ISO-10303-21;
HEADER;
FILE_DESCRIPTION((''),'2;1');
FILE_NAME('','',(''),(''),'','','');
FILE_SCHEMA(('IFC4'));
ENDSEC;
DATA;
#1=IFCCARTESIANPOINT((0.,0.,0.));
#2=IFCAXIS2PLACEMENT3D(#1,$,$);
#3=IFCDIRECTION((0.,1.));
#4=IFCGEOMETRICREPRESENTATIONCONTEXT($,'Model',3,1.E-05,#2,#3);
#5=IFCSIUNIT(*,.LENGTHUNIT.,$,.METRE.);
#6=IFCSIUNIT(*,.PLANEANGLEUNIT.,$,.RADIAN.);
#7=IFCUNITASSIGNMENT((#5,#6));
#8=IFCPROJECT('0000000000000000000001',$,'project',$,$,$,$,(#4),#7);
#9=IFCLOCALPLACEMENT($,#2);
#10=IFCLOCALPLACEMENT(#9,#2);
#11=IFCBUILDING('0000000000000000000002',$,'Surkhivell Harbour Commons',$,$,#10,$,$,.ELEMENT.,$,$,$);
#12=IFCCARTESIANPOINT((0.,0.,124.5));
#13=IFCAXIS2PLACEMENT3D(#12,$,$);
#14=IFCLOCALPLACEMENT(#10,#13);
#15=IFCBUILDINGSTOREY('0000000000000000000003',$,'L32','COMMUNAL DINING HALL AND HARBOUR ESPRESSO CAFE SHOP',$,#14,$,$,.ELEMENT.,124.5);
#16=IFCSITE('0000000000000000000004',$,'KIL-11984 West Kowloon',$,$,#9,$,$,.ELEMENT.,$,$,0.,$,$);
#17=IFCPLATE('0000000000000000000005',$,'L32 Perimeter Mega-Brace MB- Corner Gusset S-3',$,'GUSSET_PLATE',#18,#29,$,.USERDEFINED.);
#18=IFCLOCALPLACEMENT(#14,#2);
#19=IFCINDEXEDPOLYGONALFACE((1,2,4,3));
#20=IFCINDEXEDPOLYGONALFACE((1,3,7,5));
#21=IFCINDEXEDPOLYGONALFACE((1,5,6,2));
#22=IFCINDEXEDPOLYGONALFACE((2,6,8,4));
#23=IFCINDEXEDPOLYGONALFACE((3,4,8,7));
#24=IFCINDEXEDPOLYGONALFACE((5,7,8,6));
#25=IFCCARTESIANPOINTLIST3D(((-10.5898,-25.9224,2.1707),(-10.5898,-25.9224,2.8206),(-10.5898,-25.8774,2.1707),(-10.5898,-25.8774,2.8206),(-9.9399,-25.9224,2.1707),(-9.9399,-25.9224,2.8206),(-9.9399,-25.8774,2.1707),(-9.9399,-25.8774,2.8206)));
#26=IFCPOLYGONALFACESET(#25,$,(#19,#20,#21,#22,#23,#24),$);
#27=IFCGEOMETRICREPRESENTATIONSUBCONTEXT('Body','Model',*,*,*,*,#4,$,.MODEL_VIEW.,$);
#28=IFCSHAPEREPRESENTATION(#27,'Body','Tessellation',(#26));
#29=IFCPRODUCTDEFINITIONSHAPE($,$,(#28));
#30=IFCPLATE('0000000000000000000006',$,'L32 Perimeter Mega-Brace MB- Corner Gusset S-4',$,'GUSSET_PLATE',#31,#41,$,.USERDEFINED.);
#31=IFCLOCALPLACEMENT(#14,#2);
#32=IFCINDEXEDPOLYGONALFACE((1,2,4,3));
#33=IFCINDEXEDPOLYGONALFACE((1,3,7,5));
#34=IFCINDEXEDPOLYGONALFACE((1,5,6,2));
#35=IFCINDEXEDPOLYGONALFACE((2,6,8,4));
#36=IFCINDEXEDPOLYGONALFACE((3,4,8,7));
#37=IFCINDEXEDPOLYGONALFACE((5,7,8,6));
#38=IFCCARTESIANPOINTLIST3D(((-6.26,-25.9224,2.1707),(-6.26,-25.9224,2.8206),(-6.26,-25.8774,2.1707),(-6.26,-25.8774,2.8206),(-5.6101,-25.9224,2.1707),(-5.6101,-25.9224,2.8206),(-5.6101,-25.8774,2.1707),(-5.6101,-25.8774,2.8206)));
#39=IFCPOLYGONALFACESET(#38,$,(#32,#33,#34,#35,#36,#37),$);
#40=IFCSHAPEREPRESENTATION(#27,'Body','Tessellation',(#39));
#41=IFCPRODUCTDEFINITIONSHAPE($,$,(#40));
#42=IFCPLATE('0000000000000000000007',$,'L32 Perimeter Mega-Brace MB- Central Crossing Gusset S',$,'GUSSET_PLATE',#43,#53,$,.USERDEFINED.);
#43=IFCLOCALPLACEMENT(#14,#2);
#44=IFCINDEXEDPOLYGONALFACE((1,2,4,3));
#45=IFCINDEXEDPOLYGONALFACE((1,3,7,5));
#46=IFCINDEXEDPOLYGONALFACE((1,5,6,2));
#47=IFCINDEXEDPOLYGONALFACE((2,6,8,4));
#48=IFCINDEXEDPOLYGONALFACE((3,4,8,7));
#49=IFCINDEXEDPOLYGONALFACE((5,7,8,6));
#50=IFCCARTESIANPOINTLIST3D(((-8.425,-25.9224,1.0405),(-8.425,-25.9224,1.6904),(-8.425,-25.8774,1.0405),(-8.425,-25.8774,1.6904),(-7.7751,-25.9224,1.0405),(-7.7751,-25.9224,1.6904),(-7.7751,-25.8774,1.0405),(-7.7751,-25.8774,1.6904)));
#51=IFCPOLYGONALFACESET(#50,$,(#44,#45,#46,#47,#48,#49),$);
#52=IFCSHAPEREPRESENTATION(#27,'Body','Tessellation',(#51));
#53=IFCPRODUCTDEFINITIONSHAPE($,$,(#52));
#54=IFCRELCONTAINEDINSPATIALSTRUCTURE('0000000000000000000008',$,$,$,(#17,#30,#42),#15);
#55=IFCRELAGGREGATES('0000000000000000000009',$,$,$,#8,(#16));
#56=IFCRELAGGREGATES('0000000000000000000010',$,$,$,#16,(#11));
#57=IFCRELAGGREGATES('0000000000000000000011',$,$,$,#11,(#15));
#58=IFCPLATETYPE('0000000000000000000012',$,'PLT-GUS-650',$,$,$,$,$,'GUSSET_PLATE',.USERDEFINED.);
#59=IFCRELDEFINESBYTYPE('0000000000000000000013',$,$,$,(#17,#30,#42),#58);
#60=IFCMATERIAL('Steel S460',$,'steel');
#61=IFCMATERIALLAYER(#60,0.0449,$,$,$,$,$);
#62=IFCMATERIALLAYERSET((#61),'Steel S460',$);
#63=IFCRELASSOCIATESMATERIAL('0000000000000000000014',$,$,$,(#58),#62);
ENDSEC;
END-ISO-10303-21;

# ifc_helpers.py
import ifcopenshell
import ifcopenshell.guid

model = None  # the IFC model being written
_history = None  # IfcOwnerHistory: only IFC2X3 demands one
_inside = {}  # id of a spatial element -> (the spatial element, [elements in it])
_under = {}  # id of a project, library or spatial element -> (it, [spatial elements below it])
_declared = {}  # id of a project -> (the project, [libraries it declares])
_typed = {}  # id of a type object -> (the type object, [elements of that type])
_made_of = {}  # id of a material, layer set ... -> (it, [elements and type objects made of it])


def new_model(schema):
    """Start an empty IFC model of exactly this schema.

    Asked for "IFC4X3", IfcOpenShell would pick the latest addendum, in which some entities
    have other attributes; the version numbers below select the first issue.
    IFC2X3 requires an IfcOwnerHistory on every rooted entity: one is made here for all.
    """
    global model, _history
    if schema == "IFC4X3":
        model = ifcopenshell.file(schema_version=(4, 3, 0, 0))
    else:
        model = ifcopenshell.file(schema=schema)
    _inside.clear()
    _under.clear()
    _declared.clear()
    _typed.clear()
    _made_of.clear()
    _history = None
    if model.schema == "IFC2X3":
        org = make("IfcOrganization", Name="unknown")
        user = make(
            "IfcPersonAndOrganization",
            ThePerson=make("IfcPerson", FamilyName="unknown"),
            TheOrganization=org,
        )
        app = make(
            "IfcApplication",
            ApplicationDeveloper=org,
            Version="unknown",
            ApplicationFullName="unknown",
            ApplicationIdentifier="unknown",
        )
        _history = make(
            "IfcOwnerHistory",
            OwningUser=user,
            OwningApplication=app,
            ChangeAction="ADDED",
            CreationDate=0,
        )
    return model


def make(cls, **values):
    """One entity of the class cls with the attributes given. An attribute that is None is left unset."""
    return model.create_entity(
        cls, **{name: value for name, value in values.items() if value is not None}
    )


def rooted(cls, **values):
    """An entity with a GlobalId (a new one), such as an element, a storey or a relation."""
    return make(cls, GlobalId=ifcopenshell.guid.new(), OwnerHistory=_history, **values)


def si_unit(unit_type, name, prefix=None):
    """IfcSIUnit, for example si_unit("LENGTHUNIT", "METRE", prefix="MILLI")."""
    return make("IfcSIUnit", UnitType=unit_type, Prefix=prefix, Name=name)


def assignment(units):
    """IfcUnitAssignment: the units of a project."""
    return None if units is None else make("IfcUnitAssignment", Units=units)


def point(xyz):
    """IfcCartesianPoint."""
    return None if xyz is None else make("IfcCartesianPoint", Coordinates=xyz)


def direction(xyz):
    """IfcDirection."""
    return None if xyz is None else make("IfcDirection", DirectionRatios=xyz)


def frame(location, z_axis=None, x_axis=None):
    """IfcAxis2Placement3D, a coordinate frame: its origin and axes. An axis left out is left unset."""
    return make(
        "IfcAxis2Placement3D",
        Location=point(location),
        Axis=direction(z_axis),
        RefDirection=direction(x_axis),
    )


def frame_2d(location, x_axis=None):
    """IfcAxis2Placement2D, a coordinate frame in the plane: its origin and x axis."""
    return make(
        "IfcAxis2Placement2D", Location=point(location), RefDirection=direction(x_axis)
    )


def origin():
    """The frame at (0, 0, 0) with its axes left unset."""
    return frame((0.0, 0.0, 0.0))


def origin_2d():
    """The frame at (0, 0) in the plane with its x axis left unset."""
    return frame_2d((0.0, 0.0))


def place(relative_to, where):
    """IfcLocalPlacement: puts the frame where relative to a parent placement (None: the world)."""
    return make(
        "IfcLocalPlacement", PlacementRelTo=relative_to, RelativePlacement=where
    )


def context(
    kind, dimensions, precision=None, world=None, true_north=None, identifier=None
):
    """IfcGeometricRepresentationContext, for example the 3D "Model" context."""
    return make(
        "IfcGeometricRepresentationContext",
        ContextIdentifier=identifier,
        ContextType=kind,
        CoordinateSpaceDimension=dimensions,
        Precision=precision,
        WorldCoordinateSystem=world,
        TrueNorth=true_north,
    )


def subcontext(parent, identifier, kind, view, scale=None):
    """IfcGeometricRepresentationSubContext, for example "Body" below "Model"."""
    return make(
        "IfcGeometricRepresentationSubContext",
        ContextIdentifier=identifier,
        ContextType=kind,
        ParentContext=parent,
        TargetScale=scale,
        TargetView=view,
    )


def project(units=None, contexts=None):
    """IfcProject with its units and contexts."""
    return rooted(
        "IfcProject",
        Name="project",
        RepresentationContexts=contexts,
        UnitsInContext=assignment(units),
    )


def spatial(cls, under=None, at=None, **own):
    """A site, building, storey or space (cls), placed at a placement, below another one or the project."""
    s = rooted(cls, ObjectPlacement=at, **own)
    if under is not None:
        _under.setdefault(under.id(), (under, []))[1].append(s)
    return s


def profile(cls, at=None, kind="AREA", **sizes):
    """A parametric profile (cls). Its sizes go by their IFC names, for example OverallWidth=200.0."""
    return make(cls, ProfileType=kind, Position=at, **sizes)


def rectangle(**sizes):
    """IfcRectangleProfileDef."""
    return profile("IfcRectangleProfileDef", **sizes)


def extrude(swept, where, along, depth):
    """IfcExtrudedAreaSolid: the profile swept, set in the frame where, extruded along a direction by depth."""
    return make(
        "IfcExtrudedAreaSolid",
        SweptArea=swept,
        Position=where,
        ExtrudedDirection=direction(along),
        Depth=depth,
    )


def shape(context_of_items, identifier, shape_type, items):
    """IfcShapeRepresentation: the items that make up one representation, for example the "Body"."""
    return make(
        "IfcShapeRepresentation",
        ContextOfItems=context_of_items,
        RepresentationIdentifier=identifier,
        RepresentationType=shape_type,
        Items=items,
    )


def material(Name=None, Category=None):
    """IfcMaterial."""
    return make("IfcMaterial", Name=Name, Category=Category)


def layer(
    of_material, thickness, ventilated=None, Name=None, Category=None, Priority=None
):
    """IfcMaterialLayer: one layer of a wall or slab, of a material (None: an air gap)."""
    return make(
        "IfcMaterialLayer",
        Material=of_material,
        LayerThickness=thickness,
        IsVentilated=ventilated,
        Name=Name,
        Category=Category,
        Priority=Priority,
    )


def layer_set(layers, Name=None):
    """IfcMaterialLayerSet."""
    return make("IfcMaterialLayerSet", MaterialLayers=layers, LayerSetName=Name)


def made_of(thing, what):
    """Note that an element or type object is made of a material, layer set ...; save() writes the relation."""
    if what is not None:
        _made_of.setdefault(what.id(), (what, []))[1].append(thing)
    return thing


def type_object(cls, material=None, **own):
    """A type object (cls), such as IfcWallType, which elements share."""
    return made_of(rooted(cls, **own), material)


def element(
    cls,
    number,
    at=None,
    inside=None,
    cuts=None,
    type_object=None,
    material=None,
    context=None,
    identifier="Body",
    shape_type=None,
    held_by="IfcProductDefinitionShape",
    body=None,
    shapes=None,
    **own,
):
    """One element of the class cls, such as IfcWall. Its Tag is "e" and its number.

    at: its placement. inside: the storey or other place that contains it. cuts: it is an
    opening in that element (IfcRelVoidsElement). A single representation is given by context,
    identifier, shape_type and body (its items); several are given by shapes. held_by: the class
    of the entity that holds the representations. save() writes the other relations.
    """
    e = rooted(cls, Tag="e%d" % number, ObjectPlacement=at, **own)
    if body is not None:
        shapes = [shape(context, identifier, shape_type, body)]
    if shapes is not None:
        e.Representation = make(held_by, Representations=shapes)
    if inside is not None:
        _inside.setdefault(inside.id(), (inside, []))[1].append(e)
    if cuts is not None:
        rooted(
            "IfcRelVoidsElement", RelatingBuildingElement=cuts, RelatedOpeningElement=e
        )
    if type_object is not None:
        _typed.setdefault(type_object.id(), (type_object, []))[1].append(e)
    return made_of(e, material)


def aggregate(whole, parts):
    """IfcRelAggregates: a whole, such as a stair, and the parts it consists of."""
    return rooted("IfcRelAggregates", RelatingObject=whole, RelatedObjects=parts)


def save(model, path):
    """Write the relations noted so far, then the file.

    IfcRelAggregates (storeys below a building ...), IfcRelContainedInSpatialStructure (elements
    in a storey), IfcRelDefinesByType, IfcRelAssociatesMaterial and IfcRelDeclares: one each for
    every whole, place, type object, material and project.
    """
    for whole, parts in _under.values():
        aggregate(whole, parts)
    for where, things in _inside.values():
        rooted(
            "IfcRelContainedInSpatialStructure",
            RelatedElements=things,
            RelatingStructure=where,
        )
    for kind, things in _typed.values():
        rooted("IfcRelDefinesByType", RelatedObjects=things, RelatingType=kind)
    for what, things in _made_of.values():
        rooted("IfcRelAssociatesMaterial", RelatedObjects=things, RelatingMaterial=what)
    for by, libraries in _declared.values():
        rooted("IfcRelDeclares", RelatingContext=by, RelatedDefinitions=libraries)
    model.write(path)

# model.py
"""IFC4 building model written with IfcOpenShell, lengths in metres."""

from ifc_helpers import new_model, si_unit, direction, frame, origin, origin_2d, place, context, subcontext, project, spatial, rectangle, extrude, material, layer, layer_set, type_object, element, save


model = new_model("IFC4")

# Units and contexts
model_context = context("Model", 3, precision=1e-05, world=origin(), true_north=direction((0.0, 1.0)))
body_context = subcontext(model_context, "Body", "Model", "MODEL_VIEW")
ifc_project = project(units=[si_unit("LENGTHUNIT", "METRE"), si_unit("PLANEANGLEUNIT", "RADIAN")], contexts=[model_context])

# Site, building, storey
site_placement = place(None, origin())
site = spatial("IfcSite", under=ifc_project, at=site_placement, Name="KIL-11984 West Kowloon", CompositionType="ELEMENT", RefElevation=0.0)
building_placement = place(site_placement, origin())
building = spatial("IfcBuilding", under=site, at=building_placement, Name="Surkhivell Harbour Commons", CompositionType="ELEMENT")
storey_placement = place(building_placement, frame((0.0, 0.0, 124.5)))
storey = spatial("IfcBuildingStorey", under=building, at=storey_placement, Name="L32", Description="COMMUNAL DINING HALL AND HARBOUR ESPRESSO CAFE SHOP", CompositionType="ELEMENT", Elevation=124.5)

# Shared definitions
ifc_material_1 = material(Name="Steel S460", Category="steel")

# Plates
ifc_layer_1 = layer(ifc_material_1, 0.0449)
ifc_layer_set_1 = layer_set([ifc_layer_1], Name="Steel S460")
plate_type_1 = type_object("IfcPlateType", Name="PLT-GUS-650", ElementType="GUSSET_PLATE", PredefinedType="USERDEFINED", material=ifc_layer_set_1)
for number, where, z_axis, x_axis, name in (
    (1, (-10.2649, -25.8999, 2.1707), (0.0, 0.0, 1.0), (1.0, 0.0, 0.0), "L32 Perimeter Mega-Brace MB- Corner Gusset S-3"),
    (2, (-5.9351, -25.8999, 2.1707), (0.0, 0.0, 1.0), (1.0, 0.0, 0.0), "L32 Perimeter Mega-Brace MB- Corner Gusset S-4"),
    (3, (-8.1001, -25.8999, 1.0405), (0.0, 0.0, 1.0), (1.0, 0.0, 0.0), "L32 Perimeter Mega-Brace MB- Central Crossing Gusset S"),
):
    element("IfcPlate", number, at=place(storey_placement, frame(where, z_axis=z_axis, x_axis=x_axis)), inside=storey, type_object=plate_type_1, Name=name, ObjectType="GUSSET_PLATE", PredefinedType="USERDEFINED", context=body_context, shape_type="SweptSolid", body=[
        extrude(rectangle(XDim=0.6499, YDim=0.0449, at=origin_2d()), origin(), (0.0, 0.0, 1.0), 0.6499),
    ])

save(model, "model.ifc")
